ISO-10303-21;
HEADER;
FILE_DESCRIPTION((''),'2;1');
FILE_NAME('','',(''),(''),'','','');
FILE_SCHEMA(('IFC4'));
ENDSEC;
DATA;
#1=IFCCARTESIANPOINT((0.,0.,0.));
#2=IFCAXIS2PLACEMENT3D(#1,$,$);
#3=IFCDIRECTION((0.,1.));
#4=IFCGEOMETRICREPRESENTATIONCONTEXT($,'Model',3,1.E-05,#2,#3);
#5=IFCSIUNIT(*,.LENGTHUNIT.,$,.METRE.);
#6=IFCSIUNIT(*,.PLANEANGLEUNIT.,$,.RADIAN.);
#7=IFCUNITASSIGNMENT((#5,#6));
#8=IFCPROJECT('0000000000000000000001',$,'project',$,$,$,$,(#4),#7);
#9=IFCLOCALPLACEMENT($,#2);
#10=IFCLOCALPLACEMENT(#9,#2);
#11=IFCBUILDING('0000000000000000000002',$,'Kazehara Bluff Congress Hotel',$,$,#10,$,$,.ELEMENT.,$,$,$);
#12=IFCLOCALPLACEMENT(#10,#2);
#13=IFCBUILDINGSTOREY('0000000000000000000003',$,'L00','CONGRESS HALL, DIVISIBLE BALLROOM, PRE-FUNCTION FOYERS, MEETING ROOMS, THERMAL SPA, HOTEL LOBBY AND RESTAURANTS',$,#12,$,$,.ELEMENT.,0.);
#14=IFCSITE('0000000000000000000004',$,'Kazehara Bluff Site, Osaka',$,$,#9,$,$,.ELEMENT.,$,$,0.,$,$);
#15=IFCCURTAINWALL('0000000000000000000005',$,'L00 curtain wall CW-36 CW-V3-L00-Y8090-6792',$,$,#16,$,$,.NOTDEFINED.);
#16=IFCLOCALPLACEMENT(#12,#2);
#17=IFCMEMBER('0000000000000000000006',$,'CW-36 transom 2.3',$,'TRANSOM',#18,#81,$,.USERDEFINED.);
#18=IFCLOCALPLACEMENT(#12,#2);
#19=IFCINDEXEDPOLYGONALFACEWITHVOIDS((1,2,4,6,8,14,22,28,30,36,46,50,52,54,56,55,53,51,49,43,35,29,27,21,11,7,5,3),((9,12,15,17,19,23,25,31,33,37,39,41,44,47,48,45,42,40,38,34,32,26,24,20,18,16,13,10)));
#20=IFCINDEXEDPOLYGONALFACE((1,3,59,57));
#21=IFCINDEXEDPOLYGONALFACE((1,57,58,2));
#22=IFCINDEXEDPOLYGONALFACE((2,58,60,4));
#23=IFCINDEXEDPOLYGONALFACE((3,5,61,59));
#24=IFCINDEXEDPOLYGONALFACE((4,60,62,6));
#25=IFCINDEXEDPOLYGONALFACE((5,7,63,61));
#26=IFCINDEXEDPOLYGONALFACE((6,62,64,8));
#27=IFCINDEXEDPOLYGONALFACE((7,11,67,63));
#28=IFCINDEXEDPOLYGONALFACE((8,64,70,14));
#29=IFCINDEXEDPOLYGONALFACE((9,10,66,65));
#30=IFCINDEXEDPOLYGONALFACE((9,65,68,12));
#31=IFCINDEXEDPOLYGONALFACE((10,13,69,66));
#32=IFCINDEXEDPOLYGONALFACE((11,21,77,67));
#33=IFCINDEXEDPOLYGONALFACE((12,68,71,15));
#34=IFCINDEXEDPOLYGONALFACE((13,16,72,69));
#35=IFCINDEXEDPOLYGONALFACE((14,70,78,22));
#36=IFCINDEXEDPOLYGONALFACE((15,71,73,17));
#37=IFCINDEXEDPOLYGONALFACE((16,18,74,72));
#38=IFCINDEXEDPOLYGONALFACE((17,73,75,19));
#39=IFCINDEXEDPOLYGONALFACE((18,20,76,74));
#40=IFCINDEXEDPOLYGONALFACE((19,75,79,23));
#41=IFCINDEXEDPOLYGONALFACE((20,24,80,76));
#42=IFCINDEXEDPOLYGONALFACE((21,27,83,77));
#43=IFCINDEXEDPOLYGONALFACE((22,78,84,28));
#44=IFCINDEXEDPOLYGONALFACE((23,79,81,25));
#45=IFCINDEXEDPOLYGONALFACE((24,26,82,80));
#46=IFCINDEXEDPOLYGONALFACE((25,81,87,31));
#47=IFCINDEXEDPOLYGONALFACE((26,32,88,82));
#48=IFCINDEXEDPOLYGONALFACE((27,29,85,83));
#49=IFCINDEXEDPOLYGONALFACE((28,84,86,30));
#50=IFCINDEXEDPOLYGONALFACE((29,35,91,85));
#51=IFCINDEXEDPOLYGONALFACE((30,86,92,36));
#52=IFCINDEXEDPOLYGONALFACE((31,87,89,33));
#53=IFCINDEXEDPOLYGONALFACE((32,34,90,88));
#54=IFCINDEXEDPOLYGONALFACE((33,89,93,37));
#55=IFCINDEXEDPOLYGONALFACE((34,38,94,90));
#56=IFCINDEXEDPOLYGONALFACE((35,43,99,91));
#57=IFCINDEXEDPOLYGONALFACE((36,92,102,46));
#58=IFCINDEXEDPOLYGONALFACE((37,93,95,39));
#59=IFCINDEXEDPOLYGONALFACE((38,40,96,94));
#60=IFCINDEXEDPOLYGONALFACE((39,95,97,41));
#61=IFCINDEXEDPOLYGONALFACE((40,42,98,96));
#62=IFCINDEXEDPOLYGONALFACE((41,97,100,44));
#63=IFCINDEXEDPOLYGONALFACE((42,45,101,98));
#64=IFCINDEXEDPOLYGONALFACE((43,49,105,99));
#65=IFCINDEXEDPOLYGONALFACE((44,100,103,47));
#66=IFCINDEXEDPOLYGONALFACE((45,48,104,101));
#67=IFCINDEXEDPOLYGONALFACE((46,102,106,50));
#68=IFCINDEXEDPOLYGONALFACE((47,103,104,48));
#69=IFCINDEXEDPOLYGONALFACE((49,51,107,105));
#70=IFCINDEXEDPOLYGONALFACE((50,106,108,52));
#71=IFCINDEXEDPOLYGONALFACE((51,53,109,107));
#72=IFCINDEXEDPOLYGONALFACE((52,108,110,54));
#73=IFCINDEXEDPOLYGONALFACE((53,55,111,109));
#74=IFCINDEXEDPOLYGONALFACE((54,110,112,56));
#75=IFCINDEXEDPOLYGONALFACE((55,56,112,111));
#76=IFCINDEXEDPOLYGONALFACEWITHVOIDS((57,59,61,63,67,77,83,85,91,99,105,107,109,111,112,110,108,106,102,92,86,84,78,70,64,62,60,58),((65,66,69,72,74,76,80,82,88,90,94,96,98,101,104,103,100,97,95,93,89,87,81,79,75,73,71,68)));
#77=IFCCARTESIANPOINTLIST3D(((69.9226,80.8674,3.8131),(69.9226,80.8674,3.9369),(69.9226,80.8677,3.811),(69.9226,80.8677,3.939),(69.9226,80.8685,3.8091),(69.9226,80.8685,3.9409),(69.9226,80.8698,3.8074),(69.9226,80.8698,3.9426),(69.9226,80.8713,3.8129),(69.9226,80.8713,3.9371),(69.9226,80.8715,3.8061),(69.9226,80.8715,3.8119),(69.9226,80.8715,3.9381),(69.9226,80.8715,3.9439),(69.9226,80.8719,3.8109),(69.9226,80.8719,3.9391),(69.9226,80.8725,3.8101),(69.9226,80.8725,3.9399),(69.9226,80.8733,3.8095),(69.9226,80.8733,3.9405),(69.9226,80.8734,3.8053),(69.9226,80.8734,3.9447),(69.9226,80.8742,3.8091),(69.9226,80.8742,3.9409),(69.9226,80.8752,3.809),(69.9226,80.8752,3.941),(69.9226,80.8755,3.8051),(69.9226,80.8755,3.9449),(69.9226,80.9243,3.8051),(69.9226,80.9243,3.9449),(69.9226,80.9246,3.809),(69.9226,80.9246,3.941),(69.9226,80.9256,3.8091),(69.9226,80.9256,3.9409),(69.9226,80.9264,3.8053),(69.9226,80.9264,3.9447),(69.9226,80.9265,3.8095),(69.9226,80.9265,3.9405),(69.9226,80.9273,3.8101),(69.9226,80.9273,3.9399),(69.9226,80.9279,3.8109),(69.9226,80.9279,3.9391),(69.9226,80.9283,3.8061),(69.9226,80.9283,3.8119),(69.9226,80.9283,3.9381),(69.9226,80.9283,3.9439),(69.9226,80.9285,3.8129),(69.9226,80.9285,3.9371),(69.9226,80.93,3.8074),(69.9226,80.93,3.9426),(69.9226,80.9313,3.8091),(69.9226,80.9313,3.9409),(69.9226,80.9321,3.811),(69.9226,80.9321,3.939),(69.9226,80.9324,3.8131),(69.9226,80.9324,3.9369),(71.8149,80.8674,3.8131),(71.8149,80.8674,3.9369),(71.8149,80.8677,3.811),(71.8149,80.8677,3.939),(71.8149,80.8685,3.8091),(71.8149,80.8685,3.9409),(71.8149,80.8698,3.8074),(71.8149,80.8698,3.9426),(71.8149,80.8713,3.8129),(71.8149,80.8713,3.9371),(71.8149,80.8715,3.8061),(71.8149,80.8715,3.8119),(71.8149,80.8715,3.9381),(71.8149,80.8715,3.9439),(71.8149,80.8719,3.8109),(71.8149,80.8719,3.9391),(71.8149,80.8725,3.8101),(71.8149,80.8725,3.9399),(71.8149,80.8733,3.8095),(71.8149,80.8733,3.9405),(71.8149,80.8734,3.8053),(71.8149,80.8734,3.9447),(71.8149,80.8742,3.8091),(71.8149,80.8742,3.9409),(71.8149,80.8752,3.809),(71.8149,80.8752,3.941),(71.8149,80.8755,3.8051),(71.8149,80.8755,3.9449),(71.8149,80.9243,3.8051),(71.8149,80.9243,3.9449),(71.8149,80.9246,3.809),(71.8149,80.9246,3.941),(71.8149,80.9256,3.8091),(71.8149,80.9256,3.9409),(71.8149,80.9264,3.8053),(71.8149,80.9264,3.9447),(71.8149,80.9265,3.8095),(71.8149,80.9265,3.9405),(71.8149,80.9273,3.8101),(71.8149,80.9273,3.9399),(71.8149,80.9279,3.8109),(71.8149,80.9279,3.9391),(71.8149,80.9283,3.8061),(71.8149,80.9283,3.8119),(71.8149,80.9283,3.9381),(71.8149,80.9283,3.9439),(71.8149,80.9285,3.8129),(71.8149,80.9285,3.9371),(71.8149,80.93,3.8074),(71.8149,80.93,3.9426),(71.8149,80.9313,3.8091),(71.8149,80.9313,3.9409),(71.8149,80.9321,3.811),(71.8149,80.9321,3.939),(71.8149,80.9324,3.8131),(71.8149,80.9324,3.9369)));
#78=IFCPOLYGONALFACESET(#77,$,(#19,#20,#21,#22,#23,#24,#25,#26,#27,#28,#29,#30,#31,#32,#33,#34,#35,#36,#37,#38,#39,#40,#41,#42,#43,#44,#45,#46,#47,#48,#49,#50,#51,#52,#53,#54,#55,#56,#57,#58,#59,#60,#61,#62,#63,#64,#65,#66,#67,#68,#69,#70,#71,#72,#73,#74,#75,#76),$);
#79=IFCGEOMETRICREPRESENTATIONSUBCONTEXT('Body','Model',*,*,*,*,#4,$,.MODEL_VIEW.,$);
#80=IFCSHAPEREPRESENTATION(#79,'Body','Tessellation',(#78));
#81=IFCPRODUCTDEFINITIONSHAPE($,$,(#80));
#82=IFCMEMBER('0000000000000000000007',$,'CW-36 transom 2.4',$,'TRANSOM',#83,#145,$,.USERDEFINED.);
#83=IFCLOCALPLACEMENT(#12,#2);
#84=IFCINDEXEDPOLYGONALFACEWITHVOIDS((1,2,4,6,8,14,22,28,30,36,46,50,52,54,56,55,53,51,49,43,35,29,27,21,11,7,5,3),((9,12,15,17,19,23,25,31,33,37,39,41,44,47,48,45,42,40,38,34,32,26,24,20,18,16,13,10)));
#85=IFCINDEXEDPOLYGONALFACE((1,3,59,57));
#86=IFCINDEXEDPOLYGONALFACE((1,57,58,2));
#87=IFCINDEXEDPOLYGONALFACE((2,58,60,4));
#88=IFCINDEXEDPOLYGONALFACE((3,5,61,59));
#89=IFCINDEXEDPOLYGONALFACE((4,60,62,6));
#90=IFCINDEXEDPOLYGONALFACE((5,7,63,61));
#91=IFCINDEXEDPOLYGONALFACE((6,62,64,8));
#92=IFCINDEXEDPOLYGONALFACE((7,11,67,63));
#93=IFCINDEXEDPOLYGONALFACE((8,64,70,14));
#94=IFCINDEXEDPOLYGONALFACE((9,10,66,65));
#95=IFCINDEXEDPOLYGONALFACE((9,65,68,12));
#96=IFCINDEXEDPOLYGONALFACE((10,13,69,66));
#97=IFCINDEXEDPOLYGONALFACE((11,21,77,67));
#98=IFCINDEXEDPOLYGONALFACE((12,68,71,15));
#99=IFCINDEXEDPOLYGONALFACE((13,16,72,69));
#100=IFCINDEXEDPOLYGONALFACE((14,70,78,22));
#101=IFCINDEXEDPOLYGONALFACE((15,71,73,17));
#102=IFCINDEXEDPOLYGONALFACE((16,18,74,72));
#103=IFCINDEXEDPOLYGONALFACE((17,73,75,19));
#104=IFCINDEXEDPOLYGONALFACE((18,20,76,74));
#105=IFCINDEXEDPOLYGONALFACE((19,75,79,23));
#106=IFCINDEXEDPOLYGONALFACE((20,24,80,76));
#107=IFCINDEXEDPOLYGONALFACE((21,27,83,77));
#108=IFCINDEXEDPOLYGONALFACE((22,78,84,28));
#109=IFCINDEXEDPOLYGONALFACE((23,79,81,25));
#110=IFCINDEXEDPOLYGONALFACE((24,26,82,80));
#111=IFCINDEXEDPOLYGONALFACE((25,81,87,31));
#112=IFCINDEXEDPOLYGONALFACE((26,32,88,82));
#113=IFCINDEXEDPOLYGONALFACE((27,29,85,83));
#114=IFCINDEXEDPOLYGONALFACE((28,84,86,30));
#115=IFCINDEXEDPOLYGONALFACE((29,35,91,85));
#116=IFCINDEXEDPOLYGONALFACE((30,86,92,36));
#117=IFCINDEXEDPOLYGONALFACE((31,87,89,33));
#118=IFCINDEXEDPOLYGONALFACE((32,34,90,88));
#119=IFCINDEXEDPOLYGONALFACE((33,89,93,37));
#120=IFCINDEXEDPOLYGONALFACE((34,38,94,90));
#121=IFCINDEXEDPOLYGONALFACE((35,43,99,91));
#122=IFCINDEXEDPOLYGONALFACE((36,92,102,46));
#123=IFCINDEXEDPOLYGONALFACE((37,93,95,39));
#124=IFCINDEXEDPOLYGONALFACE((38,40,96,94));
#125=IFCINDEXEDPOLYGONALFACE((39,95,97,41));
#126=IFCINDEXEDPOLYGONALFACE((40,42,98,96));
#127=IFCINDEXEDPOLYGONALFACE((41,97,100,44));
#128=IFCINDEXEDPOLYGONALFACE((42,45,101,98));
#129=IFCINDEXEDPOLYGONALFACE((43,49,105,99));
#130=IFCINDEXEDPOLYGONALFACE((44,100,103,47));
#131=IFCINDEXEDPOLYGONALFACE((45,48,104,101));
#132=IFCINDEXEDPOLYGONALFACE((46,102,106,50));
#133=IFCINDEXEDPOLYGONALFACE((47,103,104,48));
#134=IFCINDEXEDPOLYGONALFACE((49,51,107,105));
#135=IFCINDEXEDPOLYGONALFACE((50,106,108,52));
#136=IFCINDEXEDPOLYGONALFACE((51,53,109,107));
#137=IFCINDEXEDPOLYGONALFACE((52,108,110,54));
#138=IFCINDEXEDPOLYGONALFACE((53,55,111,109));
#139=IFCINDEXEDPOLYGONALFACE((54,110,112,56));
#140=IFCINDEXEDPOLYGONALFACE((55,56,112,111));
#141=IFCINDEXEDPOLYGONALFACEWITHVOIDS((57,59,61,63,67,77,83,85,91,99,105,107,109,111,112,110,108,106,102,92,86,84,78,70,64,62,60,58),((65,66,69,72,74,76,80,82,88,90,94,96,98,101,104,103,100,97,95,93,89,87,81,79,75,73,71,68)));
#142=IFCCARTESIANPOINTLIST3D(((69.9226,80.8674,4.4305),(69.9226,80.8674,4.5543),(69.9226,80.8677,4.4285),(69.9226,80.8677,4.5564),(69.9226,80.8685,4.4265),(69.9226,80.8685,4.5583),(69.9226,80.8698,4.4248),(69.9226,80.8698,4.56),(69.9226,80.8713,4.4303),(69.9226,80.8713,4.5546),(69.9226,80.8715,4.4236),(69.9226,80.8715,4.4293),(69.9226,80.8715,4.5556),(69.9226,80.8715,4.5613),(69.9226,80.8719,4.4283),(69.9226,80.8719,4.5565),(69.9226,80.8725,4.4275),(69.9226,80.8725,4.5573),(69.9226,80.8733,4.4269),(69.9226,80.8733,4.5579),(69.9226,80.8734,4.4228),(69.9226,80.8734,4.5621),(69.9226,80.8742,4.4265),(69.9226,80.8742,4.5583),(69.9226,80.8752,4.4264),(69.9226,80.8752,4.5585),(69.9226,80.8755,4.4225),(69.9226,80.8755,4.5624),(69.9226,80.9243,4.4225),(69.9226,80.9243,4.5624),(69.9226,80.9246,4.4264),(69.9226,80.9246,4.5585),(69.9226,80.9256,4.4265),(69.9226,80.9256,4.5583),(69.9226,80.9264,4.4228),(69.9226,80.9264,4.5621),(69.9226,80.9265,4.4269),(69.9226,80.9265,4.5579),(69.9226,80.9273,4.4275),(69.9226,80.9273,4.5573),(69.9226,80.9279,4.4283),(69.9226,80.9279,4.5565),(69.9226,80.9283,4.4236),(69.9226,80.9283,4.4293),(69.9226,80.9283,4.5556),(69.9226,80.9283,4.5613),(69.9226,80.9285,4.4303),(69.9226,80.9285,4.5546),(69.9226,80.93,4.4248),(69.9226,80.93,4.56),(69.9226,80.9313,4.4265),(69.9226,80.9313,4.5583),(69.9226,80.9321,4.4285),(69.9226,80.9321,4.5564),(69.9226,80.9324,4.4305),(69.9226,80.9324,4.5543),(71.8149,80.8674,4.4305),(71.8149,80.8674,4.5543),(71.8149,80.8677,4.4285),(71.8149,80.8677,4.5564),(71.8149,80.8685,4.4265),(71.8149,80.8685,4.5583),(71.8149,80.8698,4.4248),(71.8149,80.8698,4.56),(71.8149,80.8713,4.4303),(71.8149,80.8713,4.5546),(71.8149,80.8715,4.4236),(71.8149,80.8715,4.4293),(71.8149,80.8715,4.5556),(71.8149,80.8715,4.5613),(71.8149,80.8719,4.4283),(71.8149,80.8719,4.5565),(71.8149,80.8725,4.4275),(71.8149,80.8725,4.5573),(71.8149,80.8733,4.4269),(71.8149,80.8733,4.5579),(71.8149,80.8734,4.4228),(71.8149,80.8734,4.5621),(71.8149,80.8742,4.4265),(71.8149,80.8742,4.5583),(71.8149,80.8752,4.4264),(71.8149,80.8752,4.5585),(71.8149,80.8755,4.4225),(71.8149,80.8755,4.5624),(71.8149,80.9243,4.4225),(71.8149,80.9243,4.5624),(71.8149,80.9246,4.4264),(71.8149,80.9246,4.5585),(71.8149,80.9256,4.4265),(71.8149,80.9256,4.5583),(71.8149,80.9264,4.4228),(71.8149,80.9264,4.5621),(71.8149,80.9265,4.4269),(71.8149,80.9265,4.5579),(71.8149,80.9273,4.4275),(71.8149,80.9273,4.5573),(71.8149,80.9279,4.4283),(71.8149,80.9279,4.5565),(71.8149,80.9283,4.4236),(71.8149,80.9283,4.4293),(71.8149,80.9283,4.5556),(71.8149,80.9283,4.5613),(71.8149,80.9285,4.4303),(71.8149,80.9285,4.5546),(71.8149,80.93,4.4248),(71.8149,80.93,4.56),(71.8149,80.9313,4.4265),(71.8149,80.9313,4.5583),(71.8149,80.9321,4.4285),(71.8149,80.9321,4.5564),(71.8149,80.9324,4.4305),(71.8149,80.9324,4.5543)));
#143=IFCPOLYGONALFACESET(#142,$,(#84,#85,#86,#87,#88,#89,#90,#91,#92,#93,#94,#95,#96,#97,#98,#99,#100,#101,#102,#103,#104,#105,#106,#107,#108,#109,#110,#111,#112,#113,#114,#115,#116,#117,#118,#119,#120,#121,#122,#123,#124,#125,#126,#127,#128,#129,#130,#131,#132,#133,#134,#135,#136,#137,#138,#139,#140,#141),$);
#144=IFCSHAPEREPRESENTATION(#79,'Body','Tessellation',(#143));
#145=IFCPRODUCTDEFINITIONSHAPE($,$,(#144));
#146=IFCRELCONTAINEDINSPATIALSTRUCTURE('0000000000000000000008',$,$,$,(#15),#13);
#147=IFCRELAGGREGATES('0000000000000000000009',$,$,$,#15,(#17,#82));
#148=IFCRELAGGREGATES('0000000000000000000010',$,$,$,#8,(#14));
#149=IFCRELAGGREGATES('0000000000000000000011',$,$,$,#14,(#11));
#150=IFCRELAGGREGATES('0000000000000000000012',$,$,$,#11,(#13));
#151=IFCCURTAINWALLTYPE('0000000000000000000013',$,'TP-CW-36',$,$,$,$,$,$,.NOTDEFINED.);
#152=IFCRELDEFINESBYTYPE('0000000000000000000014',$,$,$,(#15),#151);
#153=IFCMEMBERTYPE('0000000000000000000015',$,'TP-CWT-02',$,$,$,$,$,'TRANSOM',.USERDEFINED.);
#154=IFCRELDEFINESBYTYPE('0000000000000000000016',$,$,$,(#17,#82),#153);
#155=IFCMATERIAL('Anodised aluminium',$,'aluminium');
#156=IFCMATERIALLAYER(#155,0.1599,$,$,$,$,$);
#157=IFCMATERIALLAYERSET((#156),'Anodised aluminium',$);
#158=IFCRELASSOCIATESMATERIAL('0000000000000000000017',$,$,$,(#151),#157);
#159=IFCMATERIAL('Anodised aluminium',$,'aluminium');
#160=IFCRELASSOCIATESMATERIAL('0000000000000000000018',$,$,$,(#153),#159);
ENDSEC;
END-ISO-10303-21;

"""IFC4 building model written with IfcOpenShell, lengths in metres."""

from ifc_helpers import new_model, si_unit, direction, frame, origin, origin_2d, place, context, subcontext, project, spatial, hollow_rectangle, extrude, material, layer, layer_set, material_profile, profile_set, type_object, element, aggregate, save


model = new_model("IFC4")

# Units and contexts
model_context = context("Model", 3, precision=1e-05, world=origin(), true_north=direction((0.0, 1.0)))
body_context = subcontext(model_context, "Body", "Model", "MODEL_VIEW")
ifc_project = project(units=[si_unit("LENGTHUNIT", "METRE"), si_unit("PLANEANGLEUNIT", "RADIAN")], contexts=[model_context])

# Site, building, storey
site_placement = place(None, origin())
site = spatial("IfcSite", under=ifc_project, at=site_placement, Name="Kazehara Bluff Site, Osaka", CompositionType="ELEMENT", RefElevation=0.0)
building_placement = place(site_placement, origin())
building = spatial("IfcBuilding", under=site, at=building_placement, Name="Kazehara Bluff Congress Hotel", CompositionType="ELEMENT")
storey_placement = place(building_placement, origin())
storey = spatial("IfcBuildingStorey", under=building, at=storey_placement, Name="L00", Description="CONGRESS HALL, DIVISIBLE BALLROOM, PRE-FUNCTION FOYERS, MEETING ROOMS, THERMAL SPA, HOTEL LOBBY AND RESTAURANTS", CompositionType="ELEMENT", Elevation=0.0)

# Curtain wall
ifc_material_1 = material(Name="Anodised aluminium", Category="aluminium")
ifc_layer_1 = layer(ifc_material_1, 0.1599)
ifc_layer_set_1 = layer_set([ifc_layer_1], Name="Anodised aluminium")
curtain_wall_type_1 = type_object("IfcCurtainWallType", Name="TP-CW-36", PredefinedType="NOTDEFINED", material=ifc_layer_set_1)
curtain_wall_1_placement = place(storey_placement, origin())
curtain_wall_1 = element("IfcCurtainWall", 1, at=curtain_wall_1_placement, inside=storey, type_object=curtain_wall_type_1, Name="L00 curtain wall CW-36 CW-V3-L00-Y8090-6792", PredefinedType="NOTDEFINED")
ifc_material_2 = material(Name="Anodised aluminium", Category="aluminium")
ifc_material_profile_1 = material_profile(ifc_material_2, hollow_rectangle(XDim=0.0649, YDim=0.1399, WallThickness=0.0039, InnerFilletRadius=0.0039, OuterFilletRadius=0.0081, at=origin_2d()))
ifc_profile_set_1 = profile_set([ifc_material_profile_1], Name="Anodised aluminium")
member_type_1 = type_object("IfcMemberType", Name="TP-CWT-02", ElementType="TRANSOM", PredefinedType="USERDEFINED", material=ifc_profile_set_1)

# Members
member_1_placement = place(storey_placement, frame((69.9226, 80.8999, 3.875), z_axis=(1.0, 0.0, 0.0), x_axis=(0.0, 1.0, 0.0)))
member_1 = element("IfcMember", 2, at=member_1_placement, type_object=member_type_1, Name="CW-36 transom 2.3", ObjectType="TRANSOM", PredefinedType="USERDEFINED", context=body_context, shape_type="SweptSolid", body=[
    extrude(hollow_rectangle(XDim=0.0649, YDim=0.1399, WallThickness=0.0039, InnerFilletRadius=0.0039, OuterFilletRadius=0.0081, at=origin_2d()), origin(), (0.0, 0.0, 1.0), 1.8923),
])
member_2_placement = place(storey_placement, frame((69.9226, 80.8999, 4.4924), z_axis=(1.0, 0.0, 0.0), x_axis=(0.0, 1.0, 0.0)))
member_2 = element("IfcMember", 3, at=member_2_placement, type_object=member_type_1, Name="CW-36 transom 2.4", ObjectType="TRANSOM", PredefinedType="USERDEFINED", context=body_context, shape_type="SweptSolid", body=[
    extrude(hollow_rectangle(XDim=0.0649, YDim=0.1399, WallThickness=0.0039, InnerFilletRadius=0.0039, OuterFilletRadius=0.0081, at=origin_2d()), origin(), (0.0, 0.0, 1.0), 1.8923),
])

aggregate(curtain_wall_1, [member_1, member_2])

save(model, "model.ifc")
